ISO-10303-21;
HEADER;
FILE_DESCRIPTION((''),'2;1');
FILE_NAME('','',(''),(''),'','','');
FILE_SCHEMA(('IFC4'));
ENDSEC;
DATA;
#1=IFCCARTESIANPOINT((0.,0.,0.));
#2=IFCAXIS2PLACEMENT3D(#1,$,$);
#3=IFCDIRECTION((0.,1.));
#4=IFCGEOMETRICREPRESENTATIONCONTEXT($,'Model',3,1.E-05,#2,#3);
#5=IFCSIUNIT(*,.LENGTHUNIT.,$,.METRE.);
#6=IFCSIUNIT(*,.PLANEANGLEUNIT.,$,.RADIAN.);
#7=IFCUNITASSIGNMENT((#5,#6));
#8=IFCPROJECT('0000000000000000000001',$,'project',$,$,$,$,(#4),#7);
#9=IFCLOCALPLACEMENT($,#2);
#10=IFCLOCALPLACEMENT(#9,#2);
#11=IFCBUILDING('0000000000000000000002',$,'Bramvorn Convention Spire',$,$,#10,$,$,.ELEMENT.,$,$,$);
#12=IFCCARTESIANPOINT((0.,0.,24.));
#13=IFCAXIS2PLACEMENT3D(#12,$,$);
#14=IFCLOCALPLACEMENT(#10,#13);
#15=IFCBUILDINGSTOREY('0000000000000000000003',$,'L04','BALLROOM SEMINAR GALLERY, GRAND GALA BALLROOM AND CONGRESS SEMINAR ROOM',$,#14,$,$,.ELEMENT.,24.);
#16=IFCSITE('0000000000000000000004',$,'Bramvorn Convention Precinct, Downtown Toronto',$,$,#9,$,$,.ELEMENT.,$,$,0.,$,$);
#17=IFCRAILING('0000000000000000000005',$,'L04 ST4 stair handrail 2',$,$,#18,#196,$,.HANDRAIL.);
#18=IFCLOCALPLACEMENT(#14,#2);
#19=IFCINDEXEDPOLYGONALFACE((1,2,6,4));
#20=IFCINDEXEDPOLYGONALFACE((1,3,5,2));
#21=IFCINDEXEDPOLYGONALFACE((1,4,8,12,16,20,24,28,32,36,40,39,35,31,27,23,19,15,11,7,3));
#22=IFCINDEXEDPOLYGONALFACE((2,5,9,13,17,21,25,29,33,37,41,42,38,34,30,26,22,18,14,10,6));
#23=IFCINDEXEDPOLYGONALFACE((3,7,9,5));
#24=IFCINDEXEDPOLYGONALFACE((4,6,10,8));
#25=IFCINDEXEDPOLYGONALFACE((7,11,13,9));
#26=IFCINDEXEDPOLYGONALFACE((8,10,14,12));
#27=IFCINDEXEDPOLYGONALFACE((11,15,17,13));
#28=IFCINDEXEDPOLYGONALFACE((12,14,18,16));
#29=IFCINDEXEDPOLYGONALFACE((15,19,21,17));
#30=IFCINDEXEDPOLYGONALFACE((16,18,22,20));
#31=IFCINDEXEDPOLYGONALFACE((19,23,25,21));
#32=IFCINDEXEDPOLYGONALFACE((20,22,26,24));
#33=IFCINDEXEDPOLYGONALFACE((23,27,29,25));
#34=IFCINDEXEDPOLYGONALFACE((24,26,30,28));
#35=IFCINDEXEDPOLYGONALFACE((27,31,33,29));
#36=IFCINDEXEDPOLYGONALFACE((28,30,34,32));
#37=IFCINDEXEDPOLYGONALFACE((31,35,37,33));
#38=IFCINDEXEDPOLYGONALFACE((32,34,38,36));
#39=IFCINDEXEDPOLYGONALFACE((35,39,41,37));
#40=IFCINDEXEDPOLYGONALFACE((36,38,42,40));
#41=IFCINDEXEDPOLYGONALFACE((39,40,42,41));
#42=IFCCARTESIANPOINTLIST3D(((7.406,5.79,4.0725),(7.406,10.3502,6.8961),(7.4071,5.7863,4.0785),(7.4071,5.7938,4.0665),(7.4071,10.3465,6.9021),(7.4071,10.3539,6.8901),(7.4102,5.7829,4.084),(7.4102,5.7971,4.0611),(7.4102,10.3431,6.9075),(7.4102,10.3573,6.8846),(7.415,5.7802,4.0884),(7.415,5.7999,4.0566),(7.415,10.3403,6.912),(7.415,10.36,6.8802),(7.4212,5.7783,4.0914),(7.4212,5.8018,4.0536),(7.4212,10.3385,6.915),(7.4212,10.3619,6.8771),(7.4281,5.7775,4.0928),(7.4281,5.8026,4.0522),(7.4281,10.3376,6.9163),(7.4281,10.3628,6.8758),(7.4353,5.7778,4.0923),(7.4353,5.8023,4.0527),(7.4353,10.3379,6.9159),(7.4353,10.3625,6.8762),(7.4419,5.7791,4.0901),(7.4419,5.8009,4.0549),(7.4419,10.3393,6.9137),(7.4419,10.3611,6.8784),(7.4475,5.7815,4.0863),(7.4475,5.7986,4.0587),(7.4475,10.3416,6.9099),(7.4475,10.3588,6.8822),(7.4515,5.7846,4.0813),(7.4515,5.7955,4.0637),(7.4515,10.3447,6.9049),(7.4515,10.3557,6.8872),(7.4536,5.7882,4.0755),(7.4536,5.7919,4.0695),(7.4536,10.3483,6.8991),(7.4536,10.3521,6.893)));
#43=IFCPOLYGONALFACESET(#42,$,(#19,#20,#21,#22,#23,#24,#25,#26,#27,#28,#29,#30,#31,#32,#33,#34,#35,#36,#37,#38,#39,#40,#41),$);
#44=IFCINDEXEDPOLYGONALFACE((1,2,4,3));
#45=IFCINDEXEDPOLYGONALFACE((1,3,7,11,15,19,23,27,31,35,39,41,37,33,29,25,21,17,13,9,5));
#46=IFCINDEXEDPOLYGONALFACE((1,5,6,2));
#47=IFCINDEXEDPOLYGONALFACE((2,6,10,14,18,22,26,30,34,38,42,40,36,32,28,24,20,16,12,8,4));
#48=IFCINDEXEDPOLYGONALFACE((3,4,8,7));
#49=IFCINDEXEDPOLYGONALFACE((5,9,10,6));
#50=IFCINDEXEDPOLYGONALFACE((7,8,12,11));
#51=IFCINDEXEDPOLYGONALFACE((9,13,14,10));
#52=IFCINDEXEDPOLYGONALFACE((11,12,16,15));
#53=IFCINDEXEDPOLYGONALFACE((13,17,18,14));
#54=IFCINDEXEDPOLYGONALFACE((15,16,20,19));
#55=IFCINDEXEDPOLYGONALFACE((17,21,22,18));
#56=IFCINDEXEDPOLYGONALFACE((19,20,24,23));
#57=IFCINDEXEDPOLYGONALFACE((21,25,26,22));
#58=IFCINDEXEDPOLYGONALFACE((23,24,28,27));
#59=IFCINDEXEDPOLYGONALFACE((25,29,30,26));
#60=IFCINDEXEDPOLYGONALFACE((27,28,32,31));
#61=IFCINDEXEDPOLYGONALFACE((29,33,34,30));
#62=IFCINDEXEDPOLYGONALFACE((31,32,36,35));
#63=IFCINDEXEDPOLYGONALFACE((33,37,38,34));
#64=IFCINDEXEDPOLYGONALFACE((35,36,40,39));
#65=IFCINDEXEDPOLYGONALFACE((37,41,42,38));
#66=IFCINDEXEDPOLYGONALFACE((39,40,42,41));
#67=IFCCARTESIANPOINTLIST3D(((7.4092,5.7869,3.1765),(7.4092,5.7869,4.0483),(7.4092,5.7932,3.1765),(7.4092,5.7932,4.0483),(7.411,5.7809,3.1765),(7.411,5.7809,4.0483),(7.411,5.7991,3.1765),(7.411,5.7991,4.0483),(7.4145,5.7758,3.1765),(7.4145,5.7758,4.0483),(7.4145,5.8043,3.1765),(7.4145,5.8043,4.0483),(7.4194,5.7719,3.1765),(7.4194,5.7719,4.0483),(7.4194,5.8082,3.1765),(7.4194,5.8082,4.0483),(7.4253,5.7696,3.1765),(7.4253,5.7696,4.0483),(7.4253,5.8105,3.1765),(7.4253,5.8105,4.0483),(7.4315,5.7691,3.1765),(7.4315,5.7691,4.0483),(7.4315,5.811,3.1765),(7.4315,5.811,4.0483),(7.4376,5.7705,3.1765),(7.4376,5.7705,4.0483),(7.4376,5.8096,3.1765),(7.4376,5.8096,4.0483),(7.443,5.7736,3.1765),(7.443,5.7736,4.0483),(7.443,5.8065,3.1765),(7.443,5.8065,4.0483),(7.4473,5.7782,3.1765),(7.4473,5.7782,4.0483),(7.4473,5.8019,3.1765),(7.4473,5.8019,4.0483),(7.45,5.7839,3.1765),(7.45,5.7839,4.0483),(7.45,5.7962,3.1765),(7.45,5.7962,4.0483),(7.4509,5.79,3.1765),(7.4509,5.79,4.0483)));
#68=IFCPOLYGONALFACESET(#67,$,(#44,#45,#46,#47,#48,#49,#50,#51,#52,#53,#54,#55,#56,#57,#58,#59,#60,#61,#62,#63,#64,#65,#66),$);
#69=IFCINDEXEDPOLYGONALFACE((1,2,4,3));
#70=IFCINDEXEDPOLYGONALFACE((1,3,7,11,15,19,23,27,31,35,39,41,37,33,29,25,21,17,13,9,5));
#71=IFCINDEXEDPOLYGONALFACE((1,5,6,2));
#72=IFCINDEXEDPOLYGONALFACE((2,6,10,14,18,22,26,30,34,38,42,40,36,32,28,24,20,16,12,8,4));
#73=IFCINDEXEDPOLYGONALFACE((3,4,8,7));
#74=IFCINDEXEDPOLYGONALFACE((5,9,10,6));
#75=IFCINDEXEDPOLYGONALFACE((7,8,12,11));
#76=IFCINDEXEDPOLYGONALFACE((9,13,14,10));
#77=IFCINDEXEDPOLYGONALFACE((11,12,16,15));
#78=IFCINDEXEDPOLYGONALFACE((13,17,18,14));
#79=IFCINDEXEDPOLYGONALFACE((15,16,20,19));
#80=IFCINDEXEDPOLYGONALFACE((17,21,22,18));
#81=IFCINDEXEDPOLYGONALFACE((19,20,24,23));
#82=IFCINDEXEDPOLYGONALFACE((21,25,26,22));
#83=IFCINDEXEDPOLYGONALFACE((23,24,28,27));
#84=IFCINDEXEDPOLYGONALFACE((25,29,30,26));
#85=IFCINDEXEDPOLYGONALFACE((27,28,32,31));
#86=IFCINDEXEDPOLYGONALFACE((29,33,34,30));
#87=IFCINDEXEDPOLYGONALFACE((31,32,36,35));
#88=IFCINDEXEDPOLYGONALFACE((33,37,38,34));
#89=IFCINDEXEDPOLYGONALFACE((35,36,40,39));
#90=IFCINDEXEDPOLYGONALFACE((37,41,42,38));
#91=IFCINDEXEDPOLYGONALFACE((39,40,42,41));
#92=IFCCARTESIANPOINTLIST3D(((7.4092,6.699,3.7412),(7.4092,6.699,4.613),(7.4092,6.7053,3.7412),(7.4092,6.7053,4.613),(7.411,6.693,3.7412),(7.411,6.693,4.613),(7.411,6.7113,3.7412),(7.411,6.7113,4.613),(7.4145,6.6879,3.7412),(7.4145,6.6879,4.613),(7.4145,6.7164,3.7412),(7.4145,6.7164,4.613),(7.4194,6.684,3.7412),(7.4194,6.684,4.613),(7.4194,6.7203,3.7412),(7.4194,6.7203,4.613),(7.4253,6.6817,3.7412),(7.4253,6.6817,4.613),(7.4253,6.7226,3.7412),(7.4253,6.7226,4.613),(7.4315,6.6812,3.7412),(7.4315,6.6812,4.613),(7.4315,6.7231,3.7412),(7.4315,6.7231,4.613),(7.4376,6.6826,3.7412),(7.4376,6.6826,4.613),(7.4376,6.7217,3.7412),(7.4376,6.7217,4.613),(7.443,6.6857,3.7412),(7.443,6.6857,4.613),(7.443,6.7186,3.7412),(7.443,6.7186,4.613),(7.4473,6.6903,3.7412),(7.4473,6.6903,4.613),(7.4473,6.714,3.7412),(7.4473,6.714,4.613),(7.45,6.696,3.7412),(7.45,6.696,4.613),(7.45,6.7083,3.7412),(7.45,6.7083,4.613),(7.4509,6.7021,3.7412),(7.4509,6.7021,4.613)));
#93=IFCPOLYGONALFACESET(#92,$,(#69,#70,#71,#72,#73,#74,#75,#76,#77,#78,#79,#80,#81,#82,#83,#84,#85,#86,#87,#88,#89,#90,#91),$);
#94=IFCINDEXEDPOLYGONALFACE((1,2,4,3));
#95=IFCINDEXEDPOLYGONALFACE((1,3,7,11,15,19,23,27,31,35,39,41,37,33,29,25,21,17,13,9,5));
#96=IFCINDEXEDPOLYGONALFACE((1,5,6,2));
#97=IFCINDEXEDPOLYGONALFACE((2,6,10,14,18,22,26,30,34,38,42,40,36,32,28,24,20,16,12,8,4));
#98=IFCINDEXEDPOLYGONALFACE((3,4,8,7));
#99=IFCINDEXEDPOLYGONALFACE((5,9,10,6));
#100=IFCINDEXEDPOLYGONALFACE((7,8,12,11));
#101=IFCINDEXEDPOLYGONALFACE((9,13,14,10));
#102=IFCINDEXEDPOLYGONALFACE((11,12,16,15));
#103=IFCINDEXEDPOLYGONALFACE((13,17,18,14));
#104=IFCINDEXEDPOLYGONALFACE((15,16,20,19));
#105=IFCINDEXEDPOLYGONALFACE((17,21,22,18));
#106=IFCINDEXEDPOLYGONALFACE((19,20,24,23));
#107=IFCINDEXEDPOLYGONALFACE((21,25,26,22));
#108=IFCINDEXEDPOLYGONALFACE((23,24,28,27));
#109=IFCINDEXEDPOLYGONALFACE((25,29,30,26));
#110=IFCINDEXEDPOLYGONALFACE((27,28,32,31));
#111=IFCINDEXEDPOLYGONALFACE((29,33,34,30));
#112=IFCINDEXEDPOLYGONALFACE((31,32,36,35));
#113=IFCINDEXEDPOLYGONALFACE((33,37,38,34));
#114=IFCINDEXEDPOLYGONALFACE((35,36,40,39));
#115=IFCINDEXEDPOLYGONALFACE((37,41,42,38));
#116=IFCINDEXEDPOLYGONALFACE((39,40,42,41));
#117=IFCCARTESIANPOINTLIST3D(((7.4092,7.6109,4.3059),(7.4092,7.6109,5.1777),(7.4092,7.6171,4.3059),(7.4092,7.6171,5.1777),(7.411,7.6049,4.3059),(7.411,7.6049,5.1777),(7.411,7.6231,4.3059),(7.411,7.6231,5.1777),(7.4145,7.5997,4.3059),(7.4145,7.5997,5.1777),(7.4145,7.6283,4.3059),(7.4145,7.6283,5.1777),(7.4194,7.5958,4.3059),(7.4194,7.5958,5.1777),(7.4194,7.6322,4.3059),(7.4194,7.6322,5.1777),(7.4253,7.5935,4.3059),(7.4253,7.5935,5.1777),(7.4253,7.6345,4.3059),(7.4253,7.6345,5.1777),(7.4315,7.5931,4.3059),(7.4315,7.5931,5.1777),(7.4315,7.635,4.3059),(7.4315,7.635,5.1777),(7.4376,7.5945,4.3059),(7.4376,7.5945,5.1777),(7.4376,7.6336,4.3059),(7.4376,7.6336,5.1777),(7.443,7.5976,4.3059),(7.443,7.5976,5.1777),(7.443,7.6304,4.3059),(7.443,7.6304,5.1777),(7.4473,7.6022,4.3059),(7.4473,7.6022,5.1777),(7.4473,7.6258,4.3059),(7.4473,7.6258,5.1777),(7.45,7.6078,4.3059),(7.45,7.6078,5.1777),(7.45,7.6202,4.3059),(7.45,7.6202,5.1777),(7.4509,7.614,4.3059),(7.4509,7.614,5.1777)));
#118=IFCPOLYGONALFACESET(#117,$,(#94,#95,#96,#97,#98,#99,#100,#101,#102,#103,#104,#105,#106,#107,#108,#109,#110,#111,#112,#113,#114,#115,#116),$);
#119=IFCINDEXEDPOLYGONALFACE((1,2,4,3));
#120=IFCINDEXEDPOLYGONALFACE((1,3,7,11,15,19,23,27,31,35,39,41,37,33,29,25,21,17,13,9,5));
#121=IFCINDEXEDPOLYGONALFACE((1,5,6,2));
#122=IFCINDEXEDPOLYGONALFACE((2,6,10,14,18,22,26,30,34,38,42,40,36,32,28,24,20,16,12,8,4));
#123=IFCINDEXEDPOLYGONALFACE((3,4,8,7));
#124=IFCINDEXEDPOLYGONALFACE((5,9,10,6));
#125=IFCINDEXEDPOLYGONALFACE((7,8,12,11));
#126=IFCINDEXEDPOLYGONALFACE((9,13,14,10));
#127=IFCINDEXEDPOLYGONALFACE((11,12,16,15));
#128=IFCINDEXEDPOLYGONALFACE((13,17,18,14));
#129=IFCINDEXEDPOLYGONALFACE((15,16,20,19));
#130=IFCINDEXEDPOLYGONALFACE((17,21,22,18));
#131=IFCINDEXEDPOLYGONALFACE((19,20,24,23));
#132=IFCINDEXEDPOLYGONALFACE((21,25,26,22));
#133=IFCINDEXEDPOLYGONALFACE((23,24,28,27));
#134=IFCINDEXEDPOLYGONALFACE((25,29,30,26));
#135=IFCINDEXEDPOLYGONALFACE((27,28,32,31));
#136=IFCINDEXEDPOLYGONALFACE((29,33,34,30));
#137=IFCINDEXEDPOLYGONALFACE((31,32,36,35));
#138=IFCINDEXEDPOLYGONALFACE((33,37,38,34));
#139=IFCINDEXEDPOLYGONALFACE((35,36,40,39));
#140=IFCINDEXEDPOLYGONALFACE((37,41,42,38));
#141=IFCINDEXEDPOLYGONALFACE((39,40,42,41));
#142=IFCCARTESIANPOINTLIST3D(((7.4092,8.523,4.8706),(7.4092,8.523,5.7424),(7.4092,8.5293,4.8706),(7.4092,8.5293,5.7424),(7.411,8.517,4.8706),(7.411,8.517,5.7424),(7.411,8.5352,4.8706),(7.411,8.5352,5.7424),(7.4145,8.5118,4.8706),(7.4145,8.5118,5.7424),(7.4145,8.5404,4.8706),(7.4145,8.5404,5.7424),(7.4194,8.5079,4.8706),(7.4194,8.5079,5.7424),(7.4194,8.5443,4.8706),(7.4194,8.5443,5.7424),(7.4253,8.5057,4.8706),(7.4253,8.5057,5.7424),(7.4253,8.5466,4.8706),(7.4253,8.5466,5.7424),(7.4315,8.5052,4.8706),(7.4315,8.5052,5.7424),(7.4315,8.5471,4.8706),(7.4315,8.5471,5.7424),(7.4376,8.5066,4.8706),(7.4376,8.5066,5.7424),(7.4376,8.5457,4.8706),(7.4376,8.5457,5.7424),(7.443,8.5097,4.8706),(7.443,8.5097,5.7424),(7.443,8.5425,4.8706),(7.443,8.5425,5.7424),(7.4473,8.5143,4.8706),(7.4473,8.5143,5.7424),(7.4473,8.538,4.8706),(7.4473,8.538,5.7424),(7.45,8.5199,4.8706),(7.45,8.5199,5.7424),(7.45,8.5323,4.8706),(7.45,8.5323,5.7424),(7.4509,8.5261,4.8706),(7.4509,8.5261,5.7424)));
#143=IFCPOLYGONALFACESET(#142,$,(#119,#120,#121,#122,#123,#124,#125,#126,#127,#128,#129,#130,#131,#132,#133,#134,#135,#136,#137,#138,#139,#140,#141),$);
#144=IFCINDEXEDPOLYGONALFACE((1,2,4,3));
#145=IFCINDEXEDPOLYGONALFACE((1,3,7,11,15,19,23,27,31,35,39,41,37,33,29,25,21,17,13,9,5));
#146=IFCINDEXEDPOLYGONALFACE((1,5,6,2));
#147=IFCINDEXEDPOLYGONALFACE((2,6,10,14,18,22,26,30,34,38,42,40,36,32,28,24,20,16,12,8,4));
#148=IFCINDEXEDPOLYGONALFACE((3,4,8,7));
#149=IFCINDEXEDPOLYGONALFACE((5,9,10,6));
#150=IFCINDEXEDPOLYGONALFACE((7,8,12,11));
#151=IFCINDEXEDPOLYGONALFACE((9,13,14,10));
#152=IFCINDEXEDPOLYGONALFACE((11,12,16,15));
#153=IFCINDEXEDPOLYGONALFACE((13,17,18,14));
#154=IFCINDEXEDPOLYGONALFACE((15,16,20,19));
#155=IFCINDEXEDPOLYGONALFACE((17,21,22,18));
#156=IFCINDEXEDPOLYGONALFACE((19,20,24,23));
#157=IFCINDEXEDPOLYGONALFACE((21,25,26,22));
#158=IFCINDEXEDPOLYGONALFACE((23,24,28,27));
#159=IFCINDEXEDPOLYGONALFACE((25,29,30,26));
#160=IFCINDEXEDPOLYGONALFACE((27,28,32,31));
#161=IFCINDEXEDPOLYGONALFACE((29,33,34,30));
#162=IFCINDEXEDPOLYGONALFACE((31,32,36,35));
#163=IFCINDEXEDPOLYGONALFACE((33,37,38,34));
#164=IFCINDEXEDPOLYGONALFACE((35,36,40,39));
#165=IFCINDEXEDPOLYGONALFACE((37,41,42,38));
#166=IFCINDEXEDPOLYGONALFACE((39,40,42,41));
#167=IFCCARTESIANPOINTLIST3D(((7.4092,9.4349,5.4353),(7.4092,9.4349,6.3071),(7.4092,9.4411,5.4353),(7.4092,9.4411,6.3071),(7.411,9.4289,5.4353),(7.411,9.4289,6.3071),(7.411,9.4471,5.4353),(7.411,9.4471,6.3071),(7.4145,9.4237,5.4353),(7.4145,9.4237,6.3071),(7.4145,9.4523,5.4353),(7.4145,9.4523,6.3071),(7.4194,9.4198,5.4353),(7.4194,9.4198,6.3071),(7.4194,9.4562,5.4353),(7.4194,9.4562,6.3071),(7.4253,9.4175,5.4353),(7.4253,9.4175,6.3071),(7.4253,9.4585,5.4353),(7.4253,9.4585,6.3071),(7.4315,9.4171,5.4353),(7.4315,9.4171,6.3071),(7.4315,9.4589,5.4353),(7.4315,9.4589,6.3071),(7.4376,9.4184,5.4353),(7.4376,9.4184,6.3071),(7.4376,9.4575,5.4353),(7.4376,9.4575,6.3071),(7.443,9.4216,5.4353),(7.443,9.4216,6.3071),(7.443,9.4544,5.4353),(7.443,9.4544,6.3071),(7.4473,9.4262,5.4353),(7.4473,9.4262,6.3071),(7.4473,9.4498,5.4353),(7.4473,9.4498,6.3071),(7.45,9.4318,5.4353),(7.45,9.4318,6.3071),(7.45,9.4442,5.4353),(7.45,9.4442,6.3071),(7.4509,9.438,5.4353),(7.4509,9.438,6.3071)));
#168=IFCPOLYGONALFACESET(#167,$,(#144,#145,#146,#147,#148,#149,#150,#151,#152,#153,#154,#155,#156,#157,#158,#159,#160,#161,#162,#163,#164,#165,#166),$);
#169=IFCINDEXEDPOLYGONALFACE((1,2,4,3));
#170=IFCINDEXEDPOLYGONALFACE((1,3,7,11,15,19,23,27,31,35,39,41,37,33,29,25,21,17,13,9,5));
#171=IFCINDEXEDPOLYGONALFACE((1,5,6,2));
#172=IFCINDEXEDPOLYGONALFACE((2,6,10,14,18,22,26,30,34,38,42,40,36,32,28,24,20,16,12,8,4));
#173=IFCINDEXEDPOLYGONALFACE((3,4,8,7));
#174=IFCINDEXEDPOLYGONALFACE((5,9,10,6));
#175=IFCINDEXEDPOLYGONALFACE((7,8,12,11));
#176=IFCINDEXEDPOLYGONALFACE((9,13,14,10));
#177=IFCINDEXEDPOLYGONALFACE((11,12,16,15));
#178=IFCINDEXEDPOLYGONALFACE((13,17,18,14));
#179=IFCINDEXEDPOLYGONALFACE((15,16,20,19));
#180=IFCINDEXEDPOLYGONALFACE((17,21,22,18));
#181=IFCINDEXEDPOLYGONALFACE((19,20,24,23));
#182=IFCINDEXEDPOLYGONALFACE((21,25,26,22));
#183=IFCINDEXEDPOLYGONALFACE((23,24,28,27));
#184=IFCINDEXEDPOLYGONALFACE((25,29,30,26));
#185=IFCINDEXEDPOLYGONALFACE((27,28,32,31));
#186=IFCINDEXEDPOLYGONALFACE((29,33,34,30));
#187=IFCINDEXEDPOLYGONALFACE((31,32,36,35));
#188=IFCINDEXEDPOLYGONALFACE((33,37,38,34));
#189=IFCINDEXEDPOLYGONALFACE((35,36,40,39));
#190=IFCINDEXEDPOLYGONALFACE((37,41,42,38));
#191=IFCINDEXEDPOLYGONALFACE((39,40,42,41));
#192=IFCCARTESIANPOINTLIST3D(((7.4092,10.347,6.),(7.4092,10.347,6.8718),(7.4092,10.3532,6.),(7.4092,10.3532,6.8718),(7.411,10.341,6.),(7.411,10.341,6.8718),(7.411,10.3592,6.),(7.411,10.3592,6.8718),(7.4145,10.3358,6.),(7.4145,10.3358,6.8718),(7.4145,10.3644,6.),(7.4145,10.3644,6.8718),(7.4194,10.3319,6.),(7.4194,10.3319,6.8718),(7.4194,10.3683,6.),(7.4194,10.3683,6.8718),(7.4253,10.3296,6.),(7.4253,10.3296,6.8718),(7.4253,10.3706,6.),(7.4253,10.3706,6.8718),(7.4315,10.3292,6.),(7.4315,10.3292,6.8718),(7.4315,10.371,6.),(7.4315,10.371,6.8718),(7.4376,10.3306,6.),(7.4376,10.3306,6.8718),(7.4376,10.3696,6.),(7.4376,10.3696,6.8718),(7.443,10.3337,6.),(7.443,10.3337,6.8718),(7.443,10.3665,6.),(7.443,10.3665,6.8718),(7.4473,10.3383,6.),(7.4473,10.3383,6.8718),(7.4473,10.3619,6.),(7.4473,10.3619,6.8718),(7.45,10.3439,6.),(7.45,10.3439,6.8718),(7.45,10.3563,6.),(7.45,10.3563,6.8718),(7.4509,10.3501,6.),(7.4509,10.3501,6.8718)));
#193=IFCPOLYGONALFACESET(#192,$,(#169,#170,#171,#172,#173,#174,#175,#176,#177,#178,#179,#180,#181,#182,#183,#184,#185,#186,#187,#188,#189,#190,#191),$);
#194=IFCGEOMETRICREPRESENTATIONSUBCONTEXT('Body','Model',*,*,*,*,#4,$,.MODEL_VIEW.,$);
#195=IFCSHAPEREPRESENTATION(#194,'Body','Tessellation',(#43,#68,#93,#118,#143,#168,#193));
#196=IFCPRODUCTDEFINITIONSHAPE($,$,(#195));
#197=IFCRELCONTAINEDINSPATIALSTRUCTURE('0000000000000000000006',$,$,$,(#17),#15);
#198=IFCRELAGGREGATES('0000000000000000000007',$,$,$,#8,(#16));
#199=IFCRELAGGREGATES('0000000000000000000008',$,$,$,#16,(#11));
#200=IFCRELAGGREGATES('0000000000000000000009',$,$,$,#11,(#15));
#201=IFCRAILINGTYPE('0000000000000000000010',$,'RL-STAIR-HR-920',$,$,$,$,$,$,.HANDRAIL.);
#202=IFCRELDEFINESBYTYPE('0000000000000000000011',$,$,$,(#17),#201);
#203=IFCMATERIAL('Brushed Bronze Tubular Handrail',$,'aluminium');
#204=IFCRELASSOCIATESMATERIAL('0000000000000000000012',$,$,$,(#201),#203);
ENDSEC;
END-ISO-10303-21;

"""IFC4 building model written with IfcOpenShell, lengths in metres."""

from ifc_helpers import new_model, si_unit, direction, frame, origin, origin_2d, place, context, subcontext, project, spatial, circle, extrude, material, type_object, element, save


model = new_model("IFC4")

# Units and contexts
model_context = context("Model", 3, precision=1e-05, world=origin(), true_north=direction((0.0, 1.0)))
body_context = subcontext(model_context, "Body", "Model", "MODEL_VIEW")
ifc_project = project(units=[si_unit("LENGTHUNIT", "METRE"), si_unit("PLANEANGLEUNIT", "RADIAN")], contexts=[model_context])

# Site, building, storey
site_placement = place(None, origin())
site = spatial("IfcSite", under=ifc_project, at=site_placement, Name="Bramvorn Convention Precinct, Downtown Toronto", CompositionType="ELEMENT", RefElevation=0.0)
building_placement = place(site_placement, origin())
building = spatial("IfcBuilding", under=site, at=building_placement, Name="Bramvorn Convention Spire", CompositionType="ELEMENT")
storey_placement = place(building_placement, frame((0.0, 0.0, 24.0)))
storey = spatial("IfcBuildingStorey", under=building, at=storey_placement, Name="L04", Description="BALLROOM SEMINAR GALLERY, GRAND GALA BALLROOM AND CONGRESS SEMINAR ROOM", CompositionType="ELEMENT", Elevation=24.0)

# Railing
ifc_material_1 = material(Name="Brushed Bronze Tubular Handrail", Category="aluminium")
railing_type_1 = type_object("IfcRailingType", Name="RL-STAIR-HR-920", PredefinedType="HANDRAIL", material=ifc_material_1)
railing_1_placement = place(storey_placement, frame((7.4299, 5.79, 3.1765)))
element("IfcRailing", 1, at=railing_1_placement, inside=storey, type_object=railing_type_1, Name="L04 ST4 stair handrail 2", PredefinedType="HANDRAIL", context=body_context, shape_type="SweptSolid", body=[
    extrude(circle(Radius=0.0239, at=origin_2d()), frame((0.0, 0.0, 0.896), z_axis=(0.0, 0.850216, 0.526435), x_axis=(-1.0, 0.0, 0.0)), (0.0, 0.0, 1.0), 5.3635),
    extrude(circle(Radius=0.021, at=origin_2d()), origin(), (0.0, 0.0, 1.0), 0.8718),
    extrude(circle(Radius=0.021, at=origin_2d()), frame((0.0, 0.9121, 0.5647)), (0.0, 0.0, 1.0), 0.8718),
    extrude(circle(Radius=0.021, at=origin_2d()), frame((0.0, 1.824, 1.1294)), (0.0, 0.0, 1.0), 0.8718),
    extrude(circle(Radius=0.021, at=origin_2d()), frame((0.0, 2.7361, 1.6941)), (0.0, 0.0, 1.0), 0.8718),
    extrude(circle(Radius=0.021, at=origin_2d()), frame((0.0, 3.6479, 2.2588)), (0.0, 0.0, 1.0), 0.8718),
    extrude(circle(Radius=0.021, at=origin_2d()), frame((0.0, 4.5601, 2.8235)), (0.0, 0.0, 1.0), 0.8718),
])

save(model, "model.ifc")
